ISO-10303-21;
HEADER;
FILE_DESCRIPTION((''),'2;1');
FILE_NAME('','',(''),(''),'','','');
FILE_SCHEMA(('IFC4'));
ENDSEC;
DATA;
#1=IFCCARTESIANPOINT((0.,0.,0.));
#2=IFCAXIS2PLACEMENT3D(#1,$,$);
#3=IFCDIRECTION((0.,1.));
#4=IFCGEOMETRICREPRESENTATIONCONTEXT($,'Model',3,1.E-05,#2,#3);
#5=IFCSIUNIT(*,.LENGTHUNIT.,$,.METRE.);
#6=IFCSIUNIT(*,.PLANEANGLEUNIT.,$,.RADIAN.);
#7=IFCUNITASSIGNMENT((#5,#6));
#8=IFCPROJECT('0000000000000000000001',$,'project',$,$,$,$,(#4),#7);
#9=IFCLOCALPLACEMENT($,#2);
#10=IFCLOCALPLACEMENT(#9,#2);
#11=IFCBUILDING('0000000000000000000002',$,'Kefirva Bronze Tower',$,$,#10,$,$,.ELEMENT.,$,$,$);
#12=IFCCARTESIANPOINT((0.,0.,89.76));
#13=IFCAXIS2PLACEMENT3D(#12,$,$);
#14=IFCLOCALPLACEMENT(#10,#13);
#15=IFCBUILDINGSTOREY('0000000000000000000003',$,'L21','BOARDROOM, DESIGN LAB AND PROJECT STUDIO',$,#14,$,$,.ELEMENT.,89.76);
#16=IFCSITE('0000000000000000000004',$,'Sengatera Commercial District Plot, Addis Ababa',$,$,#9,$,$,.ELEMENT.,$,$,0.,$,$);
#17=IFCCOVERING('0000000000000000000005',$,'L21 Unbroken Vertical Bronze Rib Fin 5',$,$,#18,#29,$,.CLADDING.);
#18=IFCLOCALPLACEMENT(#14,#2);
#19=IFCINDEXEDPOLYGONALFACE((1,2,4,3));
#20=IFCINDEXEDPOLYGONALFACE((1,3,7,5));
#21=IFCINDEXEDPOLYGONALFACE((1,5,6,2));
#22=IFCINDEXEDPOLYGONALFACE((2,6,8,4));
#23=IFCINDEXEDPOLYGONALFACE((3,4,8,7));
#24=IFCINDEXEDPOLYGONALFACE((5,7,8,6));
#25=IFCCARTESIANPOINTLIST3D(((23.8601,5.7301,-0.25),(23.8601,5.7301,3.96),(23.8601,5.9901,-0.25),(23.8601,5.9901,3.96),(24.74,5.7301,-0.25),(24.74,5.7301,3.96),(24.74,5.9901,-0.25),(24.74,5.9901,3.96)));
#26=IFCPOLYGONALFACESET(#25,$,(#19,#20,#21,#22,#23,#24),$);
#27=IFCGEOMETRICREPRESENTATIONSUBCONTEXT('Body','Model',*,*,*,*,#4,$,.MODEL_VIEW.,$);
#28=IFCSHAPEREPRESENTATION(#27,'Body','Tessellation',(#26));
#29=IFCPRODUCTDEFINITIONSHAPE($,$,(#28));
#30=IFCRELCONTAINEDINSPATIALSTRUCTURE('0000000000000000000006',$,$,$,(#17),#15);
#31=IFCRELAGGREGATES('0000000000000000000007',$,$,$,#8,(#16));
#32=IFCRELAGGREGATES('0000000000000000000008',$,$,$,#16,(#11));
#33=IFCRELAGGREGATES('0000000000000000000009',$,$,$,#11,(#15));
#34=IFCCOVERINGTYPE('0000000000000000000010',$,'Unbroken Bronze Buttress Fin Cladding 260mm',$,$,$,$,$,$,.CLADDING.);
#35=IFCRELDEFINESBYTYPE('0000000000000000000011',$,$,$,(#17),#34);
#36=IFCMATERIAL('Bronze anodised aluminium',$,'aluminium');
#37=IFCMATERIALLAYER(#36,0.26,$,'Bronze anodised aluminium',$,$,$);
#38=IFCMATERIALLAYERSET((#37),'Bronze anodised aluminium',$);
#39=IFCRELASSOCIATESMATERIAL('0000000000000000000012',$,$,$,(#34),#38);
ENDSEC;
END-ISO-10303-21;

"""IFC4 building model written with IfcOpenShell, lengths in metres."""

from ifc_helpers import new_model, si_unit, direction, frame, origin, origin_2d, place, context, subcontext, project, spatial, rectangle, extrude, material, layer, layer_set, type_object, element, save


model = new_model("IFC4")

# Units and contexts
model_context = context("Model", 3, precision=1e-05, world=origin(), true_north=direction((0.0, 1.0)))
body_context = subcontext(model_context, "Body", "Model", "MODEL_VIEW")
ifc_project = project(units=[si_unit("LENGTHUNIT", "METRE"), si_unit("PLANEANGLEUNIT", "RADIAN")], contexts=[model_context])

# Site, building, storey
site_placement = place(None, origin())
site = spatial("IfcSite", under=ifc_project, at=site_placement, Name="Sengatera Commercial District Plot, Addis Ababa", CompositionType="ELEMENT", RefElevation=0.0)
building_placement = place(site_placement, origin())
building = spatial("IfcBuilding", under=site, at=building_placement, Name="Kefirva Bronze Tower", CompositionType="ELEMENT")
storey_placement = place(building_placement, frame((0.0, 0.0, 89.76)))
storey = spatial("IfcBuildingStorey", under=building, at=storey_placement, Name="L21", Description="BOARDROOM, DESIGN LAB AND PROJECT STUDIO", CompositionType="ELEMENT", Elevation=89.76)

# Covering
ifc_material_1 = material(Name="Bronze anodised aluminium", Category="aluminium")
ifc_layer_1 = layer(ifc_material_1, 0.26, Name="Bronze anodised aluminium")
ifc_layer_set_1 = layer_set([ifc_layer_1], Name="Bronze anodised aluminium")
covering_type_1 = type_object("IfcCoveringType", Name="Unbroken Bronze Buttress Fin Cladding 260mm", PredefinedType="CLADDING", material=ifc_layer_set_1)
covering_1_placement = place(storey_placement, frame((24.3, 5.8601, -0.25), z_axis=(0.0, 0.0, 1.0), x_axis=(0.0, 1.0, 0.0)))
element("IfcCovering", 1, at=covering_1_placement, inside=storey, type_object=covering_type_1, Name="L21 Unbroken Vertical Bronze Rib Fin 5", PredefinedType="CLADDING", context=body_context, shape_type="SweptSolid", body=[
    extrude(rectangle(XDim=0.26, YDim=0.8799, at=origin_2d()), origin(), (0.0, 0.0, 1.0), 4.21),
])

save(model, "model.ifc")
